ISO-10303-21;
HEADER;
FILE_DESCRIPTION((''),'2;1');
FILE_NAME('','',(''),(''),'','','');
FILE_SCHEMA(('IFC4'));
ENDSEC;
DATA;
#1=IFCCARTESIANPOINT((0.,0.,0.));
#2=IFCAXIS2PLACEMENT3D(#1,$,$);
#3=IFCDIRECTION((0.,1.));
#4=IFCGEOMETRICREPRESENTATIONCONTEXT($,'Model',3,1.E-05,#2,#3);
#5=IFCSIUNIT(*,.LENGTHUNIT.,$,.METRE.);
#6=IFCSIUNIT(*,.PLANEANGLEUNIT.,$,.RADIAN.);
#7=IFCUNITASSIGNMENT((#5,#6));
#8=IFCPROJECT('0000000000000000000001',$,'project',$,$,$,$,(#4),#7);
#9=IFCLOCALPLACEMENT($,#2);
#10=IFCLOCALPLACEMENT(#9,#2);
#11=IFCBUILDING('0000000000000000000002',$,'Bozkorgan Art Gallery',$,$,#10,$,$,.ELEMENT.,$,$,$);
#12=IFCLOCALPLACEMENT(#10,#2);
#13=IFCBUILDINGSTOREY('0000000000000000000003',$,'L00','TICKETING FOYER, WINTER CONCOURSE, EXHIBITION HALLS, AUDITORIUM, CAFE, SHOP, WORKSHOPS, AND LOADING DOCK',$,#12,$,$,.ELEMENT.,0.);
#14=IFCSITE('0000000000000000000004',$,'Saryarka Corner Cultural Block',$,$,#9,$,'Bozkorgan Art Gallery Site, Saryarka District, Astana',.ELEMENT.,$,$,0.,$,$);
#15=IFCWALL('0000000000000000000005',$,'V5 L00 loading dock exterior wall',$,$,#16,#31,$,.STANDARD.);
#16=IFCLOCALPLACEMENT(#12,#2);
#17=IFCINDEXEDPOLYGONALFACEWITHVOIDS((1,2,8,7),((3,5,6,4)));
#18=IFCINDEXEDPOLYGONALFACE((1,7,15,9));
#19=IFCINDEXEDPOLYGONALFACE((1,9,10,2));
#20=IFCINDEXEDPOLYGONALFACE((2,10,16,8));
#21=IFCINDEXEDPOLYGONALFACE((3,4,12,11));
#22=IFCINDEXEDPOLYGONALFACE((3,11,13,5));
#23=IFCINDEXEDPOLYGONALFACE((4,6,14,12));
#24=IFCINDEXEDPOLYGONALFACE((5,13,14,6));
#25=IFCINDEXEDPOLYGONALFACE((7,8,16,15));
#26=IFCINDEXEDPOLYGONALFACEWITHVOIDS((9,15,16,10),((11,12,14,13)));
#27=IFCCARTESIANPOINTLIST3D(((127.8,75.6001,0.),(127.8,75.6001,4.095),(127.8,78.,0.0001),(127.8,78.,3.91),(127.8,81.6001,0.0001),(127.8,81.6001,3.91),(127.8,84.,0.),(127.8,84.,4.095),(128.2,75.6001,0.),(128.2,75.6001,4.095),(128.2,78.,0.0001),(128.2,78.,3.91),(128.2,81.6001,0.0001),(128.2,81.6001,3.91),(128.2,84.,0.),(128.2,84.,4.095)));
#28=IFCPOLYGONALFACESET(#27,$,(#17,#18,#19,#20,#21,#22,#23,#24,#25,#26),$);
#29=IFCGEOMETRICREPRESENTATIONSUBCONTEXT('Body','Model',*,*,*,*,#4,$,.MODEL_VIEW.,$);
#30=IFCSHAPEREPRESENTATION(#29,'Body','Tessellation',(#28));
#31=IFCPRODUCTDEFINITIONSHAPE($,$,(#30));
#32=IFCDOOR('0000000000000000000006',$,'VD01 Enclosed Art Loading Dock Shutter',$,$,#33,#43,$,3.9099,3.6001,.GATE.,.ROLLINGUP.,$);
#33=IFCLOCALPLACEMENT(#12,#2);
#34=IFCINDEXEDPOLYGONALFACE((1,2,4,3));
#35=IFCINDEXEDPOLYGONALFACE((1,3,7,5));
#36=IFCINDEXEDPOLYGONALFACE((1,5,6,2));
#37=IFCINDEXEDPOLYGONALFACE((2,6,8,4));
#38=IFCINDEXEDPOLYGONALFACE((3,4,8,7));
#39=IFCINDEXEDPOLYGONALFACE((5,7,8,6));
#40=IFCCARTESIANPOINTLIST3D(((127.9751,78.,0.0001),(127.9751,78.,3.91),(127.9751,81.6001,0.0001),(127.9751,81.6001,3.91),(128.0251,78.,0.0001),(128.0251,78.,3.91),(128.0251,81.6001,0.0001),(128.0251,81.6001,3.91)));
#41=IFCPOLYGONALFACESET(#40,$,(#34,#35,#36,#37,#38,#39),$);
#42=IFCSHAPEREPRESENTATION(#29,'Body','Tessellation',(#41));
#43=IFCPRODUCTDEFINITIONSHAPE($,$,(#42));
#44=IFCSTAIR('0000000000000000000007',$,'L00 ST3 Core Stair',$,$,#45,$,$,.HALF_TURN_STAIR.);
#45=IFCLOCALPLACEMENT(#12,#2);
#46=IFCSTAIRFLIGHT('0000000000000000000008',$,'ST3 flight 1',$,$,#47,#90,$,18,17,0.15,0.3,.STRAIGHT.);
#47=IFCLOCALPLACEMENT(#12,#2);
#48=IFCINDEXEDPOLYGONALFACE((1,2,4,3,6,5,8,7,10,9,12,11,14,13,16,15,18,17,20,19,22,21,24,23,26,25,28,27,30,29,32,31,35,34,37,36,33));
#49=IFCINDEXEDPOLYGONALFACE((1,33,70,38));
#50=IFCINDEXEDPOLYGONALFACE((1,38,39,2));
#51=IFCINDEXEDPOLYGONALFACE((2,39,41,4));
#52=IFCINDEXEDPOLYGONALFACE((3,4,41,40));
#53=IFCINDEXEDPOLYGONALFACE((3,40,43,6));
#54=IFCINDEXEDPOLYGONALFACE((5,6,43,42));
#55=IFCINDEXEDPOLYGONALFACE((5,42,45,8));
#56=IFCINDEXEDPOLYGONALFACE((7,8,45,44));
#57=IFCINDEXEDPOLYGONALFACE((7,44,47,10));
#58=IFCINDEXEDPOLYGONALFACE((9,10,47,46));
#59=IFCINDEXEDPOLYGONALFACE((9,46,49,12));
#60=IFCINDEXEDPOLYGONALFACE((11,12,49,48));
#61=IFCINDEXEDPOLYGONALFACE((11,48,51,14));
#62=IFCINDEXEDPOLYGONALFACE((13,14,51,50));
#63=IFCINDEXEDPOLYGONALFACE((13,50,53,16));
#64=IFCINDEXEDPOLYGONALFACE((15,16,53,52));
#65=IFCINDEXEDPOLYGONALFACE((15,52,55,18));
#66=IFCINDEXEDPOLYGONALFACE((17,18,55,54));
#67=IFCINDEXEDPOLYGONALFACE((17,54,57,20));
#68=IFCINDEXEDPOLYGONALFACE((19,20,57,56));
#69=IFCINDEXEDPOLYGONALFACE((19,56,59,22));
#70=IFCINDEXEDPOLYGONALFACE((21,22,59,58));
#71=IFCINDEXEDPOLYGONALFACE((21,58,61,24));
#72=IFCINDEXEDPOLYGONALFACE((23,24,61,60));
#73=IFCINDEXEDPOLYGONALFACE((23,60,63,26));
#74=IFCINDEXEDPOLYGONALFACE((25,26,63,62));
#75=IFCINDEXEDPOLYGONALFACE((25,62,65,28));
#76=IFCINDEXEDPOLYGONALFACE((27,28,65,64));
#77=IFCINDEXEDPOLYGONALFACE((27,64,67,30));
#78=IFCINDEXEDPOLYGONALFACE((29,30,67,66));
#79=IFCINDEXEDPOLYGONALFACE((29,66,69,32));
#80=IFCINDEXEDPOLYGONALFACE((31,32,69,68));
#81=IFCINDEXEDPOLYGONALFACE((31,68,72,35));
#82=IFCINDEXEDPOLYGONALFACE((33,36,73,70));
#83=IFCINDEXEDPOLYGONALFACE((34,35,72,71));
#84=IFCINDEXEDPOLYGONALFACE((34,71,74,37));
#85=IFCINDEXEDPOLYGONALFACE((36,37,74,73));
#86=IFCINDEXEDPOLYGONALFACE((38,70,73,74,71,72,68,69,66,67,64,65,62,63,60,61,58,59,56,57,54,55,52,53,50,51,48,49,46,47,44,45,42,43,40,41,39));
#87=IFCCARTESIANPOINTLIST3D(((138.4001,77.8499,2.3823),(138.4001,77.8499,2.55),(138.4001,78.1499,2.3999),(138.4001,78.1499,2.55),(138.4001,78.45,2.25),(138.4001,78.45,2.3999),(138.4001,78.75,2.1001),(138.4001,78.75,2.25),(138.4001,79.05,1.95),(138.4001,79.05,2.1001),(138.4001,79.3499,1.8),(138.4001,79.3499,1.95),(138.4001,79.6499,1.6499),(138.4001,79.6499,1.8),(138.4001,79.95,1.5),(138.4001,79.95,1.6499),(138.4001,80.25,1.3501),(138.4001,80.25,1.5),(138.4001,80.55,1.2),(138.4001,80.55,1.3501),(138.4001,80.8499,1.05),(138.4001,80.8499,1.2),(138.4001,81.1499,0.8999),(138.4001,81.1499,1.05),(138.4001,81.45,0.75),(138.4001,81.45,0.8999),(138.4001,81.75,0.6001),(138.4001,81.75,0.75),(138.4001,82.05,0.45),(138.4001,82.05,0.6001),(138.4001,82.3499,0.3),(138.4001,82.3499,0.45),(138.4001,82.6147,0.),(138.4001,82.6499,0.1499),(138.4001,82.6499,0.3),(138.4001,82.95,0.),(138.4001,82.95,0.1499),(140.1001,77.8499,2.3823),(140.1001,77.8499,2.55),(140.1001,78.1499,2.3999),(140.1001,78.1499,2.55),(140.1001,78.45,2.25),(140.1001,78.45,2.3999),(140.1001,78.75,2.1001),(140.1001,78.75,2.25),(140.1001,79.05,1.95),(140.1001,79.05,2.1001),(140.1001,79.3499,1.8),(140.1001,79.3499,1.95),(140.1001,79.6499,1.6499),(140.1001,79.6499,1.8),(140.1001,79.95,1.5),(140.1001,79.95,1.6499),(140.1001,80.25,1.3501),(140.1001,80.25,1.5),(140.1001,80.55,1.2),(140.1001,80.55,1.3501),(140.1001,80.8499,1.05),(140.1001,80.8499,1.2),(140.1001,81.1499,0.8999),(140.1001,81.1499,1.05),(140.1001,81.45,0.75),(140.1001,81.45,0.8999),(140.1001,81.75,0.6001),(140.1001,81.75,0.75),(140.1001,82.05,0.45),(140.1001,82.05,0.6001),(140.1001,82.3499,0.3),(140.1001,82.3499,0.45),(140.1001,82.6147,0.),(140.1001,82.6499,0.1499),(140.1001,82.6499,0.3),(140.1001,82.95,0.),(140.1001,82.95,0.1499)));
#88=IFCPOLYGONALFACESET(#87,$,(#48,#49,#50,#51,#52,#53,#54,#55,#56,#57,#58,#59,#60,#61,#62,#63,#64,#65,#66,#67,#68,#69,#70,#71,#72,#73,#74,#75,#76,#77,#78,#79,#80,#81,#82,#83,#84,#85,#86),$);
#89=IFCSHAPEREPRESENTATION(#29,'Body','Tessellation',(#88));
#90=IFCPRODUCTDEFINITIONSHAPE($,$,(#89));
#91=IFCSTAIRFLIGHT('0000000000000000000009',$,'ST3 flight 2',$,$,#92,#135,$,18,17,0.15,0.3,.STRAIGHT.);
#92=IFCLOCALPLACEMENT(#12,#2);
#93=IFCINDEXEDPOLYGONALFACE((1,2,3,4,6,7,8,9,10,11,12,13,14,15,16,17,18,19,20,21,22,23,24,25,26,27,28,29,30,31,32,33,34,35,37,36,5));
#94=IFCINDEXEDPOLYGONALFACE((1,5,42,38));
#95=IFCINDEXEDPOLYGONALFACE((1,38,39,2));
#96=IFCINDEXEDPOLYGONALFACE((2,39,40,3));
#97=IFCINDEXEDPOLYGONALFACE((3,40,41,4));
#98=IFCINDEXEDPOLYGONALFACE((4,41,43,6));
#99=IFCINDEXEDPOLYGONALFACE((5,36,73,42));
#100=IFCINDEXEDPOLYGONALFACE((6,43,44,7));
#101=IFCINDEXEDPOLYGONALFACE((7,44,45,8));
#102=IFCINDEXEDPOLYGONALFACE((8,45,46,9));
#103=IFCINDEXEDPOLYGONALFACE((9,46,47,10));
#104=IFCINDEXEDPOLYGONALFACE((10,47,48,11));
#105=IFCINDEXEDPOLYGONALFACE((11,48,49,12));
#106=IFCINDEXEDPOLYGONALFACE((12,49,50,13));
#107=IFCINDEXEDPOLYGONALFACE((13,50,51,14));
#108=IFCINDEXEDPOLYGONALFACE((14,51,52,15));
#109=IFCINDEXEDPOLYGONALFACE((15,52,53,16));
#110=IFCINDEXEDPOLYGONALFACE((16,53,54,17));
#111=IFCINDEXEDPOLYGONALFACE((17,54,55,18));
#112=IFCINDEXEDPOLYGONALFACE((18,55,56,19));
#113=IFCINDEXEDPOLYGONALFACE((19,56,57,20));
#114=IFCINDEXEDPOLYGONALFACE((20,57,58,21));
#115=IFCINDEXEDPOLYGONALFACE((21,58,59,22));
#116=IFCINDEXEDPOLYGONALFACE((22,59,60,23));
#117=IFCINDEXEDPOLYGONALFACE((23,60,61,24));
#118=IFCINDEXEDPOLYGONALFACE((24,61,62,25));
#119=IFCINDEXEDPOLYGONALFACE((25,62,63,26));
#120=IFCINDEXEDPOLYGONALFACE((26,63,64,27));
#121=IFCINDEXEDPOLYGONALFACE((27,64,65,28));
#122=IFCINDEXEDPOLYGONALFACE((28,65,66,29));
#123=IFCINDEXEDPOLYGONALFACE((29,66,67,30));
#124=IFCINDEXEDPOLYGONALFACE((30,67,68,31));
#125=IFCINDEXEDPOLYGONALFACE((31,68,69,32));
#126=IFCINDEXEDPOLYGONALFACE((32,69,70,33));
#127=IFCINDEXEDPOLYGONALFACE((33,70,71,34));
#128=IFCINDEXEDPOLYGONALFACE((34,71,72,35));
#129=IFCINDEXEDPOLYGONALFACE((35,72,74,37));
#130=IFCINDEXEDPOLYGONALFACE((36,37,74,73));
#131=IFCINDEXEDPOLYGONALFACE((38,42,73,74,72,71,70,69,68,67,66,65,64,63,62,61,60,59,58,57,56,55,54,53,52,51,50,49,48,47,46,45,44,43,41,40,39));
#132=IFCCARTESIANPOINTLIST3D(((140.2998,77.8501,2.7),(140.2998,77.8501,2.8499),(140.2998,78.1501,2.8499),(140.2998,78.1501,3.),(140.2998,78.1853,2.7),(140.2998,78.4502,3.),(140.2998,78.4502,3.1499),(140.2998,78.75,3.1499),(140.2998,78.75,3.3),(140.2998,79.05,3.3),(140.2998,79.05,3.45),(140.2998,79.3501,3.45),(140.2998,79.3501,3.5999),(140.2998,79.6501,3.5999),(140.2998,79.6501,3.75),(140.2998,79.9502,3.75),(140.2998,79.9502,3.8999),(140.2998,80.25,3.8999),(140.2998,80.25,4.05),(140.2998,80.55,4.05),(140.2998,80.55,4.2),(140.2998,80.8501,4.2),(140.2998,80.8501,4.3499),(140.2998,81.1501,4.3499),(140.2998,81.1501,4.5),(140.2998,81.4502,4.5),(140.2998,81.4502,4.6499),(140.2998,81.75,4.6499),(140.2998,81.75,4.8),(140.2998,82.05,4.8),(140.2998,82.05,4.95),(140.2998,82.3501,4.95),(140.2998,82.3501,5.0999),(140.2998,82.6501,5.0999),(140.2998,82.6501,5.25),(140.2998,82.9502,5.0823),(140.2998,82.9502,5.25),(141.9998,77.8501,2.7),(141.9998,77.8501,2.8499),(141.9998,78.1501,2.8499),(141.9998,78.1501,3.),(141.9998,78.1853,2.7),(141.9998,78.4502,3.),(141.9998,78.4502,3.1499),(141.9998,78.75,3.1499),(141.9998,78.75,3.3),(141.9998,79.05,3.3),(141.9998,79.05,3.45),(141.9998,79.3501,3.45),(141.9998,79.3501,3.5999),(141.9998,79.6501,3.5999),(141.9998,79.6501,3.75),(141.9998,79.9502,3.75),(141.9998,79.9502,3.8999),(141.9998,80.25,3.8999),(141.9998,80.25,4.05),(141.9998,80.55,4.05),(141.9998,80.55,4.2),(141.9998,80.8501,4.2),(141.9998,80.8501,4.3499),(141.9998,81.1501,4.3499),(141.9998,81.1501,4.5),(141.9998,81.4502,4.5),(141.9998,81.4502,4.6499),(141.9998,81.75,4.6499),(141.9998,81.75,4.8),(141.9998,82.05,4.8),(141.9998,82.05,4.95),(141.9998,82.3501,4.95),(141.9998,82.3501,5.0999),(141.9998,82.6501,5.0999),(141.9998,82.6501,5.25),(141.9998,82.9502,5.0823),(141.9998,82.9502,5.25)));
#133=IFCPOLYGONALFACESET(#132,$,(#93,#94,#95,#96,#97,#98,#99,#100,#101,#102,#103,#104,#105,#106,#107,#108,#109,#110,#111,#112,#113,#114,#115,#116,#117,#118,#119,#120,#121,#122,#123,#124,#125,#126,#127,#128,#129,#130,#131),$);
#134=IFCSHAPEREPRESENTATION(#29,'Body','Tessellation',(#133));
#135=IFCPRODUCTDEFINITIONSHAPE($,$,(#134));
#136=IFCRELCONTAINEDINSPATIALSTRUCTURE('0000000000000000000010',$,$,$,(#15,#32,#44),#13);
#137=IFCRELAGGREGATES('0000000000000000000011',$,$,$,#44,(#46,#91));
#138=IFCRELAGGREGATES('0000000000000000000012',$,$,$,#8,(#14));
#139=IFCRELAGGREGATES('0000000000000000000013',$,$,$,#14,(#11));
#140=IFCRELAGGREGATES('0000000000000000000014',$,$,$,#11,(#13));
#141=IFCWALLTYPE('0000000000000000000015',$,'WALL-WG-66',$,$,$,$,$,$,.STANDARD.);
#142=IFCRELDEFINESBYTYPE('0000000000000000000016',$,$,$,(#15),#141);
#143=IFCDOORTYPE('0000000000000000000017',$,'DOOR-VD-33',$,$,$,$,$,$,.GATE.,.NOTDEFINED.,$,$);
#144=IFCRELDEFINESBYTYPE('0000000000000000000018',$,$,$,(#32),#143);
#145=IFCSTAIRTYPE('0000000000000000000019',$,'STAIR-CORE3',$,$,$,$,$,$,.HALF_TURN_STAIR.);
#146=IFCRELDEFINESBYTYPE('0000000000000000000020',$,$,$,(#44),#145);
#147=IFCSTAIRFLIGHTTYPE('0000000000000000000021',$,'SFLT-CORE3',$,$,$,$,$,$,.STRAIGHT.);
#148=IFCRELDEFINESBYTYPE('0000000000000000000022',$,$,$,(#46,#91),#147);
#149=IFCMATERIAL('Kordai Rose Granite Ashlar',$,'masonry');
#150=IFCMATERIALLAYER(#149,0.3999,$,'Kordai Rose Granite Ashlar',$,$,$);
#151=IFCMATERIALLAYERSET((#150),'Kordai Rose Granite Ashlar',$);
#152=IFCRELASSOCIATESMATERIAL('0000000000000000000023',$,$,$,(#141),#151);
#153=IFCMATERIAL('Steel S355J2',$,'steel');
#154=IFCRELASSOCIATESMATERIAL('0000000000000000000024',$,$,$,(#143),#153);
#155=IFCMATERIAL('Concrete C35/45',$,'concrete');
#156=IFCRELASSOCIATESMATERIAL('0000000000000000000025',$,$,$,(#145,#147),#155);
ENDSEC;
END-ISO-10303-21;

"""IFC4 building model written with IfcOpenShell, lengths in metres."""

from ifc_helpers import new_model, si_unit, direction, frame, frame_2d, origin, place, context, subcontext, project, spatial, polyline, rectangle, outline, extrude, material, layer, layer_set, type_object, element, fill, aggregate, save


model = new_model("IFC4")

# Units and contexts
model_context = context("Model", 3, precision=1e-05, world=origin(), true_north=direction((0.0, 1.0)))
body_context = subcontext(model_context, "Body", "Model", "MODEL_VIEW")
ifc_project = project(units=[si_unit("LENGTHUNIT", "METRE"), si_unit("PLANEANGLEUNIT", "RADIAN")], contexts=[model_context])

# Site, building, storey
site_placement = place(None, origin())
site = spatial("IfcSite", under=ifc_project, at=site_placement, Name="Saryarka Corner Cultural Block", LongName="Bozkorgan Art Gallery Site, Saryarka District, Astana", CompositionType="ELEMENT", RefElevation=0.0)
building_placement = place(site_placement, origin())
building = spatial("IfcBuilding", under=site, at=building_placement, Name="Bozkorgan Art Gallery", CompositionType="ELEMENT")
storey_placement = place(building_placement, origin())
storey = spatial("IfcBuildingStorey", under=building, at=storey_placement, Name="L00", Description="TICKETING FOYER, WINTER CONCOURSE, EXHIBITION HALLS, AUDITORIUM, CAFE, SHOP, WORKSHOPS, AND LOADING DOCK", CompositionType="ELEMENT", Elevation=0.0)

# Shared definitions
ifc_material_1 = material(Name="Concrete C35/45", Category="concrete")
ifc_material_2 = material(Name="Steel S355J2", Category="steel")

# Shared definitions
ifc_material_3 = material(Name="Kordai Rose Granite Ashlar", Category="masonry")
ifc_layer_1 = layer(ifc_material_3, 0.3999, Name="Kordai Rose Granite Ashlar")
ifc_layer_set_1 = layer_set([ifc_layer_1], Name="Kordai Rose Granite Ashlar")
wall_type_1 = type_object("IfcWallType", Name="WALL-WG-66", PredefinedType="STANDARD", material=ifc_layer_set_1)

# Wall, opening, door
wall_1_placement = place(storey_placement, frame((128.0, 75.6001, 0.0), z_axis=(0.0, 0.0, 1.0), x_axis=(0.0, 1.0, 0.0)))
wall_1 = element("IfcWall", 1, at=wall_1_placement, inside=storey, type_object=wall_type_1, Name="V5 L00 loading dock exterior wall", PredefinedType="STANDARD", context=body_context, shape_type="SweptSolid", body=[
    extrude(rectangle(XDim=8.3999, YDim=0.3999, at=frame_2d((4.2, 0.0))), origin(), (0.0, 0.0, 1.0), 4.095),
])
opening_1_placement = place(wall_1_placement, frame((2.3999, 0.0, 0.0)))
opening_1 = element("IfcOpeningElement", 2, at=opening_1_placement, cuts=wall_1, PredefinedType="OPENING", context=body_context, shape_type="SweptSolid", body=[
    extrude(rectangle(XDim=3.6001, YDim=3.9099, at=frame_2d((1.8, 1.9551))), frame((0.0, 0.21, 0.0), z_axis=(0.0, -1.0, 0.0), x_axis=(1.0, 0.0, 0.0)), (0.0, 0.0, 1.0), 0.4199),
])
door_type = type_object("IfcDoorType", Name="DOOR-VD-33", OperationType="NOTDEFINED", PredefinedType="GATE", material=ifc_material_2)
door_placement = place(opening_1_placement, origin())
door = element("IfcDoor", 3, at=door_placement, inside=storey, type_object=door_type, Name="VD01 Enclosed Art Loading Dock Shutter", OperationType="ROLLINGUP", OverallHeight=3.9099, OverallWidth=3.6001, PredefinedType="GATE", context=body_context, shape_type="SweptSolid", body=[
    extrude(rectangle(XDim=3.6001, YDim=3.9099, at=frame_2d((1.8, 1.9551))), frame((0.0, 0.0249, 0.0), z_axis=(0.0, -1.0, 0.0), x_axis=(1.0, 0.0, 0.0)), (0.0, 0.0, 1.0), 0.05),
])
fill(opening_1, door)

# Stair, stair flights
stair_type = type_object("IfcStairType", Name="STAIR-CORE3", PredefinedType="HALF_TURN_STAIR", material=ifc_material_1)
stair_placement = place(storey_placement, origin())
stair = element("IfcStair", 4, at=stair_placement, inside=storey, type_object=stair_type, Name="L00 ST3 Core Stair", PredefinedType="HALF_TURN_STAIR")
stair_flight_type = type_object("IfcStairFlightType", Name="SFLT-CORE3", PredefinedType="STRAIGHT", material=ifc_material_1)
stair_flight_1_placement = place(storey_placement, frame((139.25, 82.95, 0.0), z_axis=(0.0, 0.0, 1.0), x_axis=(0.0, -1.0, 0.0)))
stair_flight_1 = element("IfcStairFlight", 5, at=stair_flight_1_placement, type_object=stair_flight_type, Name="ST3 flight 1", NumberOfRisers=18, NumberOfTreads=17, PredefinedType="STRAIGHT", RiserHeight=0.15, TreadLength=0.3, context=body_context, shape_type="SweptSolid", body=[
    extrude(outline(polyline([(0.0, 0.0), (0.0, 0.1499), (0.3, 0.1499), (0.3, 0.3), (0.6001, 0.3), (0.6001, 0.45), (0.8999, 0.45), (0.8999, 0.6001), (1.2, 0.6001), (1.2, 0.75), (1.5, 0.75), (1.5, 0.8999), (1.8, 0.8999), (1.8, 1.05), (2.1001, 1.05), (2.1001, 1.2), (2.3999, 1.2), (2.3999, 1.3501), (2.7, 1.3501), (2.7, 1.5), (3.0, 1.5), (3.0, 1.6499), (3.3, 1.6499), (3.3, 1.8), (3.6001, 1.8), (3.6001, 1.95), (3.8999, 1.95), (3.8999, 2.1001), (4.2, 2.1001), (4.2, 2.25), (4.5, 2.25), (4.5, 2.3999), (4.8, 2.3999), (4.8, 2.55), (5.1001, 2.55), (5.1001, 2.7), (5.1001, 2.3823), (0.3352, 0.0), (0.0, 0.0)])), frame((0.0, 0.8501, 0.0), z_axis=(0.0, -1.0, 0.0), x_axis=(1.0, 0.0, 0.0)), (0.0, 0.0, 1.0), 1.7),
])
stair_flight_2_placement = place(storey_placement, frame((141.1499, 77.8501, 2.7), z_axis=(0.0, 0.0, 1.0), x_axis=(0.0, 1.0, 0.0)))
stair_flight_2 = element("IfcStairFlight", 6, at=stair_flight_2_placement, type_object=stair_flight_type, Name="ST3 flight 2", NumberOfRisers=18, NumberOfTreads=17, PredefinedType="STRAIGHT", RiserHeight=0.15, TreadLength=0.3, context=body_context, shape_type="SweptSolid", body=[
    extrude(outline(polyline([(0.0, 0.0), (0.0, 0.1499), (0.3, 0.1499), (0.3, 0.3), (0.6001, 0.3), (0.6001, 0.45), (0.8999, 0.45), (0.8999, 0.6001), (1.2, 0.6001), (1.2, 0.75), (1.5, 0.75), (1.5, 0.8999), (1.8, 0.8999), (1.8, 1.05), (2.1001, 1.05), (2.1001, 1.2), (2.3999, 1.2), (2.3999, 1.3501), (2.7, 1.3501), (2.7, 1.5), (3.0, 1.5), (3.0, 1.6499), (3.3, 1.6499), (3.3, 1.8), (3.6001, 1.8), (3.6001, 1.95), (3.8999, 1.95), (3.8999, 2.1001), (4.2, 2.1001), (4.2, 2.25), (4.5, 2.25), (4.5, 2.3999), (4.8, 2.3999), (4.8, 2.55), (5.1001, 2.55), (5.1001, 2.7), (5.1001, 2.3823), (0.3352, 0.0), (0.0, 0.0)])), frame((0.0, 0.8501, 0.0), z_axis=(0.0, -1.0, 0.0), x_axis=(1.0, 0.0, 0.0)), (0.0, 0.0, 1.0), 1.7),
])
aggregate(stair, [stair_flight_1, stair_flight_2])

save(model, "model.ifc")
